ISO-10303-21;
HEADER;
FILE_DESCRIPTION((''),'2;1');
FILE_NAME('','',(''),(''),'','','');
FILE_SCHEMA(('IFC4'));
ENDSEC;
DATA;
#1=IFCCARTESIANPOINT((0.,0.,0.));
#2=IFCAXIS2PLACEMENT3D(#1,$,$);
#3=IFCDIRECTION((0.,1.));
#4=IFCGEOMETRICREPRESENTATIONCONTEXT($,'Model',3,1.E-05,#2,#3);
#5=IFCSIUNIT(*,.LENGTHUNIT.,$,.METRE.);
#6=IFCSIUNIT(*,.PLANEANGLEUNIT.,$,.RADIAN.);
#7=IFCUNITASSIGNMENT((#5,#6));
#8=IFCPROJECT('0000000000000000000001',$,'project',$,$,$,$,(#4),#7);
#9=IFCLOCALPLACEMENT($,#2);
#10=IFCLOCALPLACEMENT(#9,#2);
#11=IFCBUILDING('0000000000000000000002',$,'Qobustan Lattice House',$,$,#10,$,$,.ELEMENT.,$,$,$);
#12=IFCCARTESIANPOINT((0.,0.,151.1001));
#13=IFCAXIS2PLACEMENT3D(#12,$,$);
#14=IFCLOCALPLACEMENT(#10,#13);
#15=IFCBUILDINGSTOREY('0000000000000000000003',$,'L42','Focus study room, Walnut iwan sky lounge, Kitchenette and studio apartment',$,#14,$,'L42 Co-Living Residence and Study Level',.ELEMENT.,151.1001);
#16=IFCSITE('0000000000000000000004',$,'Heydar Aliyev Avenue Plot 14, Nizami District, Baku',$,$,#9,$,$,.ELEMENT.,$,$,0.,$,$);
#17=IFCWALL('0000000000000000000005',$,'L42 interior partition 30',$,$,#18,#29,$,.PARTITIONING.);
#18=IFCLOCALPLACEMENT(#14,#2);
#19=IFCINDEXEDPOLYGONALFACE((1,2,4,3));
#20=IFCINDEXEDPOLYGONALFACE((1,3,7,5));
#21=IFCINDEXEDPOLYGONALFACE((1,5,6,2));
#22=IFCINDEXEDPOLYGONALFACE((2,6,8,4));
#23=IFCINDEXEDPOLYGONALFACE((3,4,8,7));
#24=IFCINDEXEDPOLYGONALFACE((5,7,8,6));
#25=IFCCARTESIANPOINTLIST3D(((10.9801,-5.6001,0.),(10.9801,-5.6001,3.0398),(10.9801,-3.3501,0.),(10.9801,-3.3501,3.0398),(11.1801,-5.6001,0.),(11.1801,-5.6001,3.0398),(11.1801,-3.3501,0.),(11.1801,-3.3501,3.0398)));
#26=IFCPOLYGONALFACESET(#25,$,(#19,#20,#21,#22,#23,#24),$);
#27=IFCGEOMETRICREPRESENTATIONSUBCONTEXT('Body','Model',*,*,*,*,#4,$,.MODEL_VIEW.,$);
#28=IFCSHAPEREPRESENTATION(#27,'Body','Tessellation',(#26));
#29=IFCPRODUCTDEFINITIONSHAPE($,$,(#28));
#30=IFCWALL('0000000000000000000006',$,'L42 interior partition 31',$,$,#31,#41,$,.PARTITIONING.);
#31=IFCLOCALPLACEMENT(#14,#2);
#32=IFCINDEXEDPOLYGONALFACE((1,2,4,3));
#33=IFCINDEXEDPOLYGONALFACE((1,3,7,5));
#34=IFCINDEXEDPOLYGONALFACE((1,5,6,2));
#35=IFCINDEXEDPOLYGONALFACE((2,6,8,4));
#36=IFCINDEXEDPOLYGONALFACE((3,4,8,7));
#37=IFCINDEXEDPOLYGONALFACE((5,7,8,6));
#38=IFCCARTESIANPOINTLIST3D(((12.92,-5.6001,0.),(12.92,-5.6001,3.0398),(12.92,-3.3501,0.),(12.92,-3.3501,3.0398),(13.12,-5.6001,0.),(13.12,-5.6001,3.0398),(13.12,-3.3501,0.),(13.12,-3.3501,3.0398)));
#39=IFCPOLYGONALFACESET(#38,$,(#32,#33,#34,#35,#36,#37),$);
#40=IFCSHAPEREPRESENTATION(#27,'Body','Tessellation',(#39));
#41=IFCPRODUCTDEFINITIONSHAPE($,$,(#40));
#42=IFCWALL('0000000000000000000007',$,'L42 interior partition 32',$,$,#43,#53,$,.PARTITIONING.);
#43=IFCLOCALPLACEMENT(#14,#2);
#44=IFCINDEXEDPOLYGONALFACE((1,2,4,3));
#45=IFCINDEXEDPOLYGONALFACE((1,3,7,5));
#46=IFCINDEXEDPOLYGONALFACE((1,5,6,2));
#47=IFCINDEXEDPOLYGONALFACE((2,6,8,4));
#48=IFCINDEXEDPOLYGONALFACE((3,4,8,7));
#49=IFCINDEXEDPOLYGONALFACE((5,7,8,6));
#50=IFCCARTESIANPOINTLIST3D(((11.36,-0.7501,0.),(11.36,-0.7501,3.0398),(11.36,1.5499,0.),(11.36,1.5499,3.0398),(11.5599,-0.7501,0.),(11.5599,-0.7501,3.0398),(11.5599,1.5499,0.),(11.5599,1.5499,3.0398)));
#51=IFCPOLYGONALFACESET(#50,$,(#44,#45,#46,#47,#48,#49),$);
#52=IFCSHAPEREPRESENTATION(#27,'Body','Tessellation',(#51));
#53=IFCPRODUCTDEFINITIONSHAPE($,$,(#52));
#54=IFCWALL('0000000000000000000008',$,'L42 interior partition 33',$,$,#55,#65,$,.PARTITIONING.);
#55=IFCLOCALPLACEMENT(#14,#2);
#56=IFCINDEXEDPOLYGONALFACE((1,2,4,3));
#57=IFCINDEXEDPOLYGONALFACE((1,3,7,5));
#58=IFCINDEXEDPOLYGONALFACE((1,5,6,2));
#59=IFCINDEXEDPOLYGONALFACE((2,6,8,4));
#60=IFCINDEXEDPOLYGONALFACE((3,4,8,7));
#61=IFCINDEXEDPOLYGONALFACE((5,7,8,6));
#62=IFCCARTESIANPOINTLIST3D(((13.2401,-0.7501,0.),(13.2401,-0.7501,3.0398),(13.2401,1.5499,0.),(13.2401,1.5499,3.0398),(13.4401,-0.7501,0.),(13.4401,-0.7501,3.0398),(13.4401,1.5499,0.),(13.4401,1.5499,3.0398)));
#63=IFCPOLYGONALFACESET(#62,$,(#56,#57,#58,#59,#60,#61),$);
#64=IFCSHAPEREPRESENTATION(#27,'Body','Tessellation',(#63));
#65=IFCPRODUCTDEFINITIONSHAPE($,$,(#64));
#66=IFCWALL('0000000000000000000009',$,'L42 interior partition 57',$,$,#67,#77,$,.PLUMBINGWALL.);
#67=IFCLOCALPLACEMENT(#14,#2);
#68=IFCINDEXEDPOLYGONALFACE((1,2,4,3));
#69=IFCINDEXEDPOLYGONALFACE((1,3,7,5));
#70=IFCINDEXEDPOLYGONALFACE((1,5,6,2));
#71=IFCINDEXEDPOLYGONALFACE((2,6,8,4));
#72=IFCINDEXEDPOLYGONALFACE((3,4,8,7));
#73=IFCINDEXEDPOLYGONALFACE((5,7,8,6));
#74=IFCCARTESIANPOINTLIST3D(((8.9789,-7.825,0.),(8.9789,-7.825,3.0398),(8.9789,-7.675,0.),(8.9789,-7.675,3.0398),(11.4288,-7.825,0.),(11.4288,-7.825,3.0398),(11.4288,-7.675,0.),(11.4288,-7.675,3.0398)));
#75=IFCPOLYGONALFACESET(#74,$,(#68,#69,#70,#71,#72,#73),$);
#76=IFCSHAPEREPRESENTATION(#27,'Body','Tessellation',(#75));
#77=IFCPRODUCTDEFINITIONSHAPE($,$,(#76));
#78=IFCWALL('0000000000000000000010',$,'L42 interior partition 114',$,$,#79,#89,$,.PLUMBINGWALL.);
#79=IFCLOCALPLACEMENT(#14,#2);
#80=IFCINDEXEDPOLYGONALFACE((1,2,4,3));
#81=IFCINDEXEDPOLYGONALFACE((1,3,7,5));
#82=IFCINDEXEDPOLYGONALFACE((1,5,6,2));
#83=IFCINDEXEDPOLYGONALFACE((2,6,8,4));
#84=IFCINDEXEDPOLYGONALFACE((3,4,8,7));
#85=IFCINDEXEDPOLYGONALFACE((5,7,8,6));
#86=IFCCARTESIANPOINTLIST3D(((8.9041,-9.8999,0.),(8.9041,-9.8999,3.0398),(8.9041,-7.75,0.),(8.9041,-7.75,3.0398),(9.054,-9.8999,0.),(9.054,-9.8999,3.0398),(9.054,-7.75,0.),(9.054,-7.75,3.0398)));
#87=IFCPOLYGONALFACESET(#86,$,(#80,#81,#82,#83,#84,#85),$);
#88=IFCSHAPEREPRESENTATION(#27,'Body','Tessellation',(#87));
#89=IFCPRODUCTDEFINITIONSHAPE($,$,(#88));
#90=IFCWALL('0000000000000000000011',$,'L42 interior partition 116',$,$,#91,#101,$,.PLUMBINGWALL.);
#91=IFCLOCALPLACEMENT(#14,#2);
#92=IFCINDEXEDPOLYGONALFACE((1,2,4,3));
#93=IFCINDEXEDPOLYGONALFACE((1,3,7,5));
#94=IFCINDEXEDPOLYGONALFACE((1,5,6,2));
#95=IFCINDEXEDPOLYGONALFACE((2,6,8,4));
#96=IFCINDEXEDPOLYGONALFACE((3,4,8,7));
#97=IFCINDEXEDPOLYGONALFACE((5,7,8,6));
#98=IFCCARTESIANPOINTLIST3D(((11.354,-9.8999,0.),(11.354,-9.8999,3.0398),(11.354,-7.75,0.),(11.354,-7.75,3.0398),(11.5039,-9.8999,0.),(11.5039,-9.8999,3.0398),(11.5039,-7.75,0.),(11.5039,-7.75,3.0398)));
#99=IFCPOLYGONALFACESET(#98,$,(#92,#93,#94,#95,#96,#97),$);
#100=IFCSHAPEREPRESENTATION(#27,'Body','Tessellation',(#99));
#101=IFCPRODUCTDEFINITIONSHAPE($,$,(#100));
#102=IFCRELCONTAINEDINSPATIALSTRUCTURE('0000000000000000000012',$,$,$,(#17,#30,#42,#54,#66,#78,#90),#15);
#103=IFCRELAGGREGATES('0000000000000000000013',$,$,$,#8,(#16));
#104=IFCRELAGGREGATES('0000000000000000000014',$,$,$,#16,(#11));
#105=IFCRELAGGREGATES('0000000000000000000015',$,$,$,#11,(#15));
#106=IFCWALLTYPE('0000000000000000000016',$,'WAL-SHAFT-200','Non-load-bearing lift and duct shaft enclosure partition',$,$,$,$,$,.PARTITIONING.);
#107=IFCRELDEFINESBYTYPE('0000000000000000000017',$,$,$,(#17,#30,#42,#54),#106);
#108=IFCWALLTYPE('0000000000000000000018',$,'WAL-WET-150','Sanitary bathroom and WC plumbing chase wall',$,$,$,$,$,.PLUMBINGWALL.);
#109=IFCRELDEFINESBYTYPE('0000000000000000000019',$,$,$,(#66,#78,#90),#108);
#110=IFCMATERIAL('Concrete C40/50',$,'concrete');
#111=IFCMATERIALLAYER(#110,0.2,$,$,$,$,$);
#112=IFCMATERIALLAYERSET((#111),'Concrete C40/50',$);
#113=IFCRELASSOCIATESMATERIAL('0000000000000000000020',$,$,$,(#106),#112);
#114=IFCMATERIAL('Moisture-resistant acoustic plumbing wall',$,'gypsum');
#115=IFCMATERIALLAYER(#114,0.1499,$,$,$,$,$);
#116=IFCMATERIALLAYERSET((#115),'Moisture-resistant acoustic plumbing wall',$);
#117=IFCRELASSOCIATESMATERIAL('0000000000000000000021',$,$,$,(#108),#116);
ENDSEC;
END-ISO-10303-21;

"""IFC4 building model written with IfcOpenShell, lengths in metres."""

from ifc_helpers import new_model, si_unit, direction, frame, frame_2d, origin, place, context, subcontext, project, spatial, rectangle, extrude, material, layer, layer_set, type_object, element, save


model = new_model("IFC4")

# Units and contexts
model_context = context("Model", 3, precision=1e-05, world=origin(), true_north=direction((0.0, 1.0)))
body_context = subcontext(model_context, "Body", "Model", "MODEL_VIEW")
ifc_project = project(units=[si_unit("LENGTHUNIT", "METRE"), si_unit("PLANEANGLEUNIT", "RADIAN")], contexts=[model_context])

# Site, building, storey
site_placement = place(None, origin())
site = spatial("IfcSite", under=ifc_project, at=site_placement, Name="Heydar Aliyev Avenue Plot 14, Nizami District, Baku", CompositionType="ELEMENT", RefElevation=0.0)
building_placement = place(site_placement, origin())
building = spatial("IfcBuilding", under=site, at=building_placement, Name="Qobustan Lattice House", CompositionType="ELEMENT")
storey_placement = place(building_placement, frame((0.0, 0.0, 151.1001)))
storey = spatial("IfcBuildingStorey", under=building, at=storey_placement, Name="L42", Description="Focus study room, Walnut iwan sky lounge, Kitchenette and studio apartment", LongName="L42 Co-Living Residence and Study Level", CompositionType="ELEMENT", Elevation=151.1001)

# Shared definitions
ifc_material_1 = material(Name="Concrete C40/50", Category="concrete")
ifc_layer_1 = layer(ifc_material_1, 0.2)
ifc_layer_set_1 = layer_set([ifc_layer_1], Name="Concrete C40/50")
wall_type_1 = type_object("IfcWallType", Name="WAL-SHAFT-200", Description="Non-load-bearing lift and duct shaft enclosure partition", PredefinedType="PARTITIONING", material=ifc_layer_set_1)

# Walls
for number, where, z_axis, x_axis, name in (
    (1, (11.0801, -5.6001, 0.0), (0.0, 0.0, 1.0), (0.0, 1.0, 0.0), "L42 interior partition 30"),
    (2, (13.02, -5.6001, 0.0), (0.0, 0.0, 1.0), (0.0, 1.0, 0.0), "L42 interior partition 31"),
):
    element("IfcWall", number, at=place(storey_placement, frame(where, z_axis=z_axis, x_axis=x_axis)), inside=storey, type_object=wall_type_1, Name=name, PredefinedType="PARTITIONING", context=body_context, shape_type="SweptSolid", body=[
        extrude(rectangle(XDim=2.25, YDim=0.2, at=frame_2d((1.125, 0.0))), origin(), (0.0, 0.0, 1.0), 3.0398),
    ])
for number, where, z_axis, x_axis, name in (
    (3, (11.46, -0.75, 0.0), (0.0, 0.0, 1.0), (0.0, 1.0, 0.0), "L42 interior partition 32"),
    (4, (13.3401, -0.75, 0.0), (0.0, 0.0, 1.0), (0.0, 1.0, 0.0), "L42 interior partition 33"),
):
    element("IfcWall", number, at=place(storey_placement, frame(where, z_axis=z_axis, x_axis=x_axis)), inside=storey, type_object=wall_type_1, Name=name, PredefinedType="PARTITIONING", context=body_context, shape_type="SweptSolid", body=[
        extrude(rectangle(XDim=2.3, YDim=0.2, at=frame_2d((1.1499, 0.0))), origin(), (0.0, 0.0, 1.0), 3.0398),
    ])
ifc_material_2 = material(Name="Moisture-resistant acoustic plumbing wall", Category="gypsum")
ifc_layer_2 = layer(ifc_material_2, 0.1499)
ifc_layer_set_2 = layer_set([ifc_layer_2], Name="Moisture-resistant acoustic plumbing wall")
wall_type_2 = type_object("IfcWallType", Name="WAL-WET-150", Description="Sanitary bathroom and WC plumbing chase wall", PredefinedType="PLUMBINGWALL", material=ifc_layer_set_2)
wall_1_placement = place(storey_placement, frame((11.429, -7.75, 0.0), z_axis=(0.0, 0.0, 1.0), x_axis=(-1.0, 0.0, 0.0)))
element("IfcWall", 5, at=wall_1_placement, inside=storey, type_object=wall_type_2, Name="L42 interior partition 57", PredefinedType="PLUMBINGWALL", context=body_context, shape_type="SweptSolid", body=[
    extrude(rectangle(XDim=2.45, YDim=0.1499, at=frame_2d((1.2251, 0.0))), origin(), (0.0, 0.0, 1.0), 3.0398),
])
for number, where, z_axis, x_axis, name in (
    (6, (8.979, -7.75, 0.0), (0.0, 0.0, 1.0), (0.0, -1.0, 0.0), "L42 interior partition 114"),
    (7, (11.429, -9.8999, 0.0), (0.0, 0.0, 1.0), (0.0, 1.0, 0.0), "L42 interior partition 116"),
):
    element("IfcWall", number, at=place(storey_placement, frame(where, z_axis=z_axis, x_axis=x_axis)), inside=storey, type_object=wall_type_2, Name=name, PredefinedType="PLUMBINGWALL", context=body_context, shape_type="SweptSolid", body=[
        extrude(rectangle(XDim=2.1499, YDim=0.1499, at=frame_2d((1.075, 0.0))), origin(), (0.0, 0.0, 1.0), 3.0398),
    ])

save(model, "model.ifc")
